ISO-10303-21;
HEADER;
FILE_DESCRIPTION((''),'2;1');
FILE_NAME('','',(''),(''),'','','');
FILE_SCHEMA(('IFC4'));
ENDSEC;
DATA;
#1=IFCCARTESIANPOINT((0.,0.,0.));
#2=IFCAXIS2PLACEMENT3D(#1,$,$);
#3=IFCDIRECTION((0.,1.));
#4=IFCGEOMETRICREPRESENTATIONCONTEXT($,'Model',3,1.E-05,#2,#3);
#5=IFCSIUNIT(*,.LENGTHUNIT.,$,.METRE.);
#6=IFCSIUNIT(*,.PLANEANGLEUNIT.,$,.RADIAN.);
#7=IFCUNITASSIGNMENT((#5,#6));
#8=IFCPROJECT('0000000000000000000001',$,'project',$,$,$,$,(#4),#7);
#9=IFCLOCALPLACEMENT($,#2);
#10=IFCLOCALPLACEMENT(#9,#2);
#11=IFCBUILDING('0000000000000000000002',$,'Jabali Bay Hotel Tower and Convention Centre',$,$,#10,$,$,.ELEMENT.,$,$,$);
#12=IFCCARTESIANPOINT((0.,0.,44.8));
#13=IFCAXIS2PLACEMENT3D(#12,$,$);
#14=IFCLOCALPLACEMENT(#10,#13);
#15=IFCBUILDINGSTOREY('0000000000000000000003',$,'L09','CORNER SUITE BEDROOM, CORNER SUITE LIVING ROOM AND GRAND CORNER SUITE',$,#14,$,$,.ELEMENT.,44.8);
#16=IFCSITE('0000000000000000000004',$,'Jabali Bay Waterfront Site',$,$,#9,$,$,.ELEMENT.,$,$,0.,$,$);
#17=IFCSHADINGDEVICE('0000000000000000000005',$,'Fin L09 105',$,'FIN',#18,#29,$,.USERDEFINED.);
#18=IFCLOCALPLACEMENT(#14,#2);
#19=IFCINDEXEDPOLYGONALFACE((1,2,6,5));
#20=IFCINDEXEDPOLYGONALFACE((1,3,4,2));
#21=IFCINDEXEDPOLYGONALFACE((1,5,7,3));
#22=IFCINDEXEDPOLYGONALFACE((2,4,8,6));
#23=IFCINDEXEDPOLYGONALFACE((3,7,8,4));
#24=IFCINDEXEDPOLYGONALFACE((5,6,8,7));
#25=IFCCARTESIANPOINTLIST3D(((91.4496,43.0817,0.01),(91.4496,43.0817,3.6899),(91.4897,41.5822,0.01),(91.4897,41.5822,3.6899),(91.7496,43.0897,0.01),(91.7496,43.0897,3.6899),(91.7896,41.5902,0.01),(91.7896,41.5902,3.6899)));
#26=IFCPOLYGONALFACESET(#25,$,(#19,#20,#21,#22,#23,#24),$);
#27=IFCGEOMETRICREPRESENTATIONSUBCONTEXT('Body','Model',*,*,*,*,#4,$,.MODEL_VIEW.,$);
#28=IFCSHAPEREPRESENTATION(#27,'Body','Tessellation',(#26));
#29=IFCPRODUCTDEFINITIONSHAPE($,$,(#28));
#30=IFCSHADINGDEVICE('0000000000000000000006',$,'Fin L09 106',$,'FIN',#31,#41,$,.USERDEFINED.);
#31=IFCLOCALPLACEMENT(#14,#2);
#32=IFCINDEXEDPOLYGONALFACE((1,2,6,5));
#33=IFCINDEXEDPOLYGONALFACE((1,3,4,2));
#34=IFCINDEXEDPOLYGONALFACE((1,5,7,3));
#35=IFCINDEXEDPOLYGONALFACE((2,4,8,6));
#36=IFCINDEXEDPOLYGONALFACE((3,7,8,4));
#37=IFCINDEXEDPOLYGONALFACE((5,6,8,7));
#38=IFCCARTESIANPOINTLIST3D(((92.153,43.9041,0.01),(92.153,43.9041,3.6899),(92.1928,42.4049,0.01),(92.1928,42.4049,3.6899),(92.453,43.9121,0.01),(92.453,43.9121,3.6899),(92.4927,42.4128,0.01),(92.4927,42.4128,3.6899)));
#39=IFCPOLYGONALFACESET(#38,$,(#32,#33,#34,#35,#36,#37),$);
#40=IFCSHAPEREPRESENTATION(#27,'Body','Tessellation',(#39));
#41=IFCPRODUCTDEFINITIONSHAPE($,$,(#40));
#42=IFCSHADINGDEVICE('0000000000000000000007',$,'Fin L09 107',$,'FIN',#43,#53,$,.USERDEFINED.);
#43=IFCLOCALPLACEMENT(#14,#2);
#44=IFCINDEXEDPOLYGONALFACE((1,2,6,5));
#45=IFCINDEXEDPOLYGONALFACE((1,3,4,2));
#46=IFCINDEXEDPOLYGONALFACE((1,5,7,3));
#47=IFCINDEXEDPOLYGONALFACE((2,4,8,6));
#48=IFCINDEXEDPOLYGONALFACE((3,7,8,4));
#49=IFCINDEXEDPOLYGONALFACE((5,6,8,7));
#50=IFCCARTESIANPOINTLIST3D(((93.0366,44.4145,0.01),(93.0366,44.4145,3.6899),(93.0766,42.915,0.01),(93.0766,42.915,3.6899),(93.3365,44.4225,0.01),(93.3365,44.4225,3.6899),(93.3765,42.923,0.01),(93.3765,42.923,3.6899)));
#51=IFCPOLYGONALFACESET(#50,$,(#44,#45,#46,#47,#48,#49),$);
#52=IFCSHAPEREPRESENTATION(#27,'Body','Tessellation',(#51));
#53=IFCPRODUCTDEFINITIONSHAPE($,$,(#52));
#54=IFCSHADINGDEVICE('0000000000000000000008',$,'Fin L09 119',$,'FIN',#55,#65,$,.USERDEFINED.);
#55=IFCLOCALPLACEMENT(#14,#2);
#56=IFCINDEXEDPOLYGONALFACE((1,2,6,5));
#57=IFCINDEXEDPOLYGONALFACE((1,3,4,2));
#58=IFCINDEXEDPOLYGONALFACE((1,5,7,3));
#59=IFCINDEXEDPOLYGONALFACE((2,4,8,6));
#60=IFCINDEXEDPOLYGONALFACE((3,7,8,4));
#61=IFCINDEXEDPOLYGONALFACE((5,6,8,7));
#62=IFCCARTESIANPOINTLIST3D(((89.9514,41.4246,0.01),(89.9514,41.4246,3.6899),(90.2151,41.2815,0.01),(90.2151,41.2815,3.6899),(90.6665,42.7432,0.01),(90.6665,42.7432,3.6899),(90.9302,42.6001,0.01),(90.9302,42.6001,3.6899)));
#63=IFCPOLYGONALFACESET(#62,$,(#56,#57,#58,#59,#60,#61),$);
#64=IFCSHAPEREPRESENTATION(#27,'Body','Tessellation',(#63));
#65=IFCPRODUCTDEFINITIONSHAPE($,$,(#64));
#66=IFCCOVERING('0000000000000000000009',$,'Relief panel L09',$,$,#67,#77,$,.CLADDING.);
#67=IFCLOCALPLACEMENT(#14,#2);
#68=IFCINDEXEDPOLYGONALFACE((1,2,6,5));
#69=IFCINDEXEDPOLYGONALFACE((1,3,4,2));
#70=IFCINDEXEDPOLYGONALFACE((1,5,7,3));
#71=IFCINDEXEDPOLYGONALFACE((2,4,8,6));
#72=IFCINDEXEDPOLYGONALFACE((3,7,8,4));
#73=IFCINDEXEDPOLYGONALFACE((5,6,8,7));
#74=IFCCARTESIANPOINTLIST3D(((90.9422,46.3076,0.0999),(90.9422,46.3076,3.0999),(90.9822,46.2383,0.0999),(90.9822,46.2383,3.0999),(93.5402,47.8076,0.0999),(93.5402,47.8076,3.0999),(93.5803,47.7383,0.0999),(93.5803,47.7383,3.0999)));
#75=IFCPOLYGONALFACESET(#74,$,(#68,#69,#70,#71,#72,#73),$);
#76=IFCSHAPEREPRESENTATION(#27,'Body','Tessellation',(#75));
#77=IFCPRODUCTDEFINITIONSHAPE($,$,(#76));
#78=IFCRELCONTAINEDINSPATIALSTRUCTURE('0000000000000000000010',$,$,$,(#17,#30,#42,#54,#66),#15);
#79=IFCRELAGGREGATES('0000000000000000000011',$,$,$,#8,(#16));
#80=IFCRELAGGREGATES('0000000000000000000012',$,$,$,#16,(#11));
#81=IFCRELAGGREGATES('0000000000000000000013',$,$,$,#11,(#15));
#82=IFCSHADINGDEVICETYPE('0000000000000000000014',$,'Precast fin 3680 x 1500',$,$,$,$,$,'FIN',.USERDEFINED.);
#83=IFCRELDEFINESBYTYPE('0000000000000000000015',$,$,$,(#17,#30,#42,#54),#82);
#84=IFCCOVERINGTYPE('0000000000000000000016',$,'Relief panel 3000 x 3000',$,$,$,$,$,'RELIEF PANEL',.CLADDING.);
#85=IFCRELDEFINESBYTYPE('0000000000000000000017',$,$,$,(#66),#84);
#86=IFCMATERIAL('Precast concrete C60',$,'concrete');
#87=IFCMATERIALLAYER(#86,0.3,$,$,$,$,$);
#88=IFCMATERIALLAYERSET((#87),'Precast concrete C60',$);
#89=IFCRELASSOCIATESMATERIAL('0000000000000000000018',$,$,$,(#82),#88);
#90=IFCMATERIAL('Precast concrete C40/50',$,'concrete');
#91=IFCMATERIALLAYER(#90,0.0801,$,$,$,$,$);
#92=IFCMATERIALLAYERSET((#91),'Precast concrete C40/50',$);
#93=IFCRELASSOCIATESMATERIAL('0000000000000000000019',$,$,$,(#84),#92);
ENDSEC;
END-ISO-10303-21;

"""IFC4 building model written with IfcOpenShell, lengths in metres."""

from ifc_helpers import new_model, si_unit, direction, frame, frame_2d, origin, origin_2d, place, context, subcontext, project, spatial, rectangle, extrude, material, layer, layer_set, type_object, element, save


model = new_model("IFC4")

# Units and contexts
model_context = context("Model", 3, precision=1e-05, world=origin(), true_north=direction((0.0, 1.0)))
body_context = subcontext(model_context, "Body", "Model", "MODEL_VIEW")
ifc_project = project(units=[si_unit("LENGTHUNIT", "METRE"), si_unit("PLANEANGLEUNIT", "RADIAN")], contexts=[model_context])

# Site, building, storey
site_placement = place(None, origin())
site = spatial("IfcSite", under=ifc_project, at=site_placement, Name="Jabali Bay Waterfront Site", CompositionType="ELEMENT", RefElevation=0.0)
building_placement = place(site_placement, origin())
building = spatial("IfcBuilding", under=site, at=building_placement, Name="Jabali Bay Hotel Tower and Convention Centre", CompositionType="ELEMENT")
storey_placement = place(building_placement, frame((0.0, 0.0, 44.8)))
storey = spatial("IfcBuildingStorey", under=building, at=storey_placement, Name="L09", Description="CORNER SUITE BEDROOM, CORNER SUITE LIVING ROOM AND GRAND CORNER SUITE", CompositionType="ELEMENT", Elevation=44.8)

# Shading devices
ifc_material_1 = material(Name="Precast concrete C60", Category="concrete")
ifc_layer_1 = layer(ifc_material_1, 0.3)
ifc_layer_set_1 = layer_set([ifc_layer_1], Name="Precast concrete C60")
shading_device_type = type_object("IfcShadingDeviceType", Name="Precast fin 3680 x 1500", ElementType="FIN", PredefinedType="USERDEFINED", material=ifc_layer_set_1)
for number, where, z_axis, x_axis, name in (
    (1, (91.5996, 43.0857, 0.01), (0.0, 0.0, 1.0), (0.026692, -0.999644, 0.0), "Fin L09 105"),
):
    element("IfcShadingDevice", number, at=place(storey_placement, frame(where, z_axis=z_axis, x_axis=x_axis)), inside=storey, type_object=shading_device_type, Name=name, ObjectType="FIN", PredefinedType="USERDEFINED", context=body_context, shape_type="SweptSolid", body=[
        extrude(rectangle(XDim=1.5, YDim=0.3, at=frame_2d((0.75, 0.0))), origin(), (0.0, 0.0, 1.0), 3.6799),
    ])
shading_device_1_placement = place(storey_placement, frame((92.303, 43.9082, 0.01), z_axis=(0.0, 0.0, 1.0), x_axis=(0.026534, -0.999648, 0.0)))
element("IfcShadingDevice", 2, at=shading_device_1_placement, inside=storey, type_object=shading_device_type, Name="Fin L09 106", ObjectType="FIN", PredefinedType="USERDEFINED", context=body_context, shape_type="SweptSolid", body=[
    extrude(rectangle(XDim=1.4998, YDim=0.3, at=frame_2d((0.75, 0.0))), origin(), (0.0, 0.0, 1.0), 3.6799),
])
for number, where, z_axis, x_axis, name in (
    (3, (93.1865, 44.4185, 0.01), (0.0, 0.0, 1.0), (0.026692, -0.999644, 0.0), "Fin L09 107"),
    (4, (90.7983, 42.6716, 0.01), (0.0, 0.0, 1.0), (-0.476718, -0.879056, 0.0), "Fin L09 119"),
):
    element("IfcShadingDevice", number, at=place(storey_placement, frame(where, z_axis=z_axis, x_axis=x_axis)), inside=storey, type_object=shading_device_type, Name=name, ObjectType="FIN", PredefinedType="USERDEFINED", context=body_context, shape_type="SweptSolid", body=[
        extrude(rectangle(XDim=1.5, YDim=0.3, at=frame_2d((0.75, 0.0))), origin(), (0.0, 0.0, 1.0), 3.6799),
    ])

# Covering
ifc_material_2 = material(Name="Precast concrete C40/50", Category="concrete")
ifc_layer_2 = layer(ifc_material_2, 0.0801)
ifc_layer_set_2 = layer_set([ifc_layer_2], Name="Precast concrete C40/50")
covering_type = type_object("IfcCoveringType", Name="Relief panel 3000 x 3000", ElementType="RELIEF PANEL", PredefinedType="CLADDING", material=ifc_layer_set_2)
covering_placement = place(storey_placement, frame((92.2612, 47.0229, 0.0999), z_axis=(0.0, 0.0, 1.0), x_axis=(-0.866025, -0.5, 0.0)))
element("IfcCovering", 5, at=covering_placement, inside=storey, type_object=covering_type, Name="Relief panel L09", PredefinedType="CLADDING", context=body_context, shape_type="SweptSolid", body=[
    extrude(rectangle(XDim=3.0, YDim=0.0801, at=origin_2d()), origin(), (0.0, 0.0, 1.0), 3.0),
])

save(model, "model.ifc")
